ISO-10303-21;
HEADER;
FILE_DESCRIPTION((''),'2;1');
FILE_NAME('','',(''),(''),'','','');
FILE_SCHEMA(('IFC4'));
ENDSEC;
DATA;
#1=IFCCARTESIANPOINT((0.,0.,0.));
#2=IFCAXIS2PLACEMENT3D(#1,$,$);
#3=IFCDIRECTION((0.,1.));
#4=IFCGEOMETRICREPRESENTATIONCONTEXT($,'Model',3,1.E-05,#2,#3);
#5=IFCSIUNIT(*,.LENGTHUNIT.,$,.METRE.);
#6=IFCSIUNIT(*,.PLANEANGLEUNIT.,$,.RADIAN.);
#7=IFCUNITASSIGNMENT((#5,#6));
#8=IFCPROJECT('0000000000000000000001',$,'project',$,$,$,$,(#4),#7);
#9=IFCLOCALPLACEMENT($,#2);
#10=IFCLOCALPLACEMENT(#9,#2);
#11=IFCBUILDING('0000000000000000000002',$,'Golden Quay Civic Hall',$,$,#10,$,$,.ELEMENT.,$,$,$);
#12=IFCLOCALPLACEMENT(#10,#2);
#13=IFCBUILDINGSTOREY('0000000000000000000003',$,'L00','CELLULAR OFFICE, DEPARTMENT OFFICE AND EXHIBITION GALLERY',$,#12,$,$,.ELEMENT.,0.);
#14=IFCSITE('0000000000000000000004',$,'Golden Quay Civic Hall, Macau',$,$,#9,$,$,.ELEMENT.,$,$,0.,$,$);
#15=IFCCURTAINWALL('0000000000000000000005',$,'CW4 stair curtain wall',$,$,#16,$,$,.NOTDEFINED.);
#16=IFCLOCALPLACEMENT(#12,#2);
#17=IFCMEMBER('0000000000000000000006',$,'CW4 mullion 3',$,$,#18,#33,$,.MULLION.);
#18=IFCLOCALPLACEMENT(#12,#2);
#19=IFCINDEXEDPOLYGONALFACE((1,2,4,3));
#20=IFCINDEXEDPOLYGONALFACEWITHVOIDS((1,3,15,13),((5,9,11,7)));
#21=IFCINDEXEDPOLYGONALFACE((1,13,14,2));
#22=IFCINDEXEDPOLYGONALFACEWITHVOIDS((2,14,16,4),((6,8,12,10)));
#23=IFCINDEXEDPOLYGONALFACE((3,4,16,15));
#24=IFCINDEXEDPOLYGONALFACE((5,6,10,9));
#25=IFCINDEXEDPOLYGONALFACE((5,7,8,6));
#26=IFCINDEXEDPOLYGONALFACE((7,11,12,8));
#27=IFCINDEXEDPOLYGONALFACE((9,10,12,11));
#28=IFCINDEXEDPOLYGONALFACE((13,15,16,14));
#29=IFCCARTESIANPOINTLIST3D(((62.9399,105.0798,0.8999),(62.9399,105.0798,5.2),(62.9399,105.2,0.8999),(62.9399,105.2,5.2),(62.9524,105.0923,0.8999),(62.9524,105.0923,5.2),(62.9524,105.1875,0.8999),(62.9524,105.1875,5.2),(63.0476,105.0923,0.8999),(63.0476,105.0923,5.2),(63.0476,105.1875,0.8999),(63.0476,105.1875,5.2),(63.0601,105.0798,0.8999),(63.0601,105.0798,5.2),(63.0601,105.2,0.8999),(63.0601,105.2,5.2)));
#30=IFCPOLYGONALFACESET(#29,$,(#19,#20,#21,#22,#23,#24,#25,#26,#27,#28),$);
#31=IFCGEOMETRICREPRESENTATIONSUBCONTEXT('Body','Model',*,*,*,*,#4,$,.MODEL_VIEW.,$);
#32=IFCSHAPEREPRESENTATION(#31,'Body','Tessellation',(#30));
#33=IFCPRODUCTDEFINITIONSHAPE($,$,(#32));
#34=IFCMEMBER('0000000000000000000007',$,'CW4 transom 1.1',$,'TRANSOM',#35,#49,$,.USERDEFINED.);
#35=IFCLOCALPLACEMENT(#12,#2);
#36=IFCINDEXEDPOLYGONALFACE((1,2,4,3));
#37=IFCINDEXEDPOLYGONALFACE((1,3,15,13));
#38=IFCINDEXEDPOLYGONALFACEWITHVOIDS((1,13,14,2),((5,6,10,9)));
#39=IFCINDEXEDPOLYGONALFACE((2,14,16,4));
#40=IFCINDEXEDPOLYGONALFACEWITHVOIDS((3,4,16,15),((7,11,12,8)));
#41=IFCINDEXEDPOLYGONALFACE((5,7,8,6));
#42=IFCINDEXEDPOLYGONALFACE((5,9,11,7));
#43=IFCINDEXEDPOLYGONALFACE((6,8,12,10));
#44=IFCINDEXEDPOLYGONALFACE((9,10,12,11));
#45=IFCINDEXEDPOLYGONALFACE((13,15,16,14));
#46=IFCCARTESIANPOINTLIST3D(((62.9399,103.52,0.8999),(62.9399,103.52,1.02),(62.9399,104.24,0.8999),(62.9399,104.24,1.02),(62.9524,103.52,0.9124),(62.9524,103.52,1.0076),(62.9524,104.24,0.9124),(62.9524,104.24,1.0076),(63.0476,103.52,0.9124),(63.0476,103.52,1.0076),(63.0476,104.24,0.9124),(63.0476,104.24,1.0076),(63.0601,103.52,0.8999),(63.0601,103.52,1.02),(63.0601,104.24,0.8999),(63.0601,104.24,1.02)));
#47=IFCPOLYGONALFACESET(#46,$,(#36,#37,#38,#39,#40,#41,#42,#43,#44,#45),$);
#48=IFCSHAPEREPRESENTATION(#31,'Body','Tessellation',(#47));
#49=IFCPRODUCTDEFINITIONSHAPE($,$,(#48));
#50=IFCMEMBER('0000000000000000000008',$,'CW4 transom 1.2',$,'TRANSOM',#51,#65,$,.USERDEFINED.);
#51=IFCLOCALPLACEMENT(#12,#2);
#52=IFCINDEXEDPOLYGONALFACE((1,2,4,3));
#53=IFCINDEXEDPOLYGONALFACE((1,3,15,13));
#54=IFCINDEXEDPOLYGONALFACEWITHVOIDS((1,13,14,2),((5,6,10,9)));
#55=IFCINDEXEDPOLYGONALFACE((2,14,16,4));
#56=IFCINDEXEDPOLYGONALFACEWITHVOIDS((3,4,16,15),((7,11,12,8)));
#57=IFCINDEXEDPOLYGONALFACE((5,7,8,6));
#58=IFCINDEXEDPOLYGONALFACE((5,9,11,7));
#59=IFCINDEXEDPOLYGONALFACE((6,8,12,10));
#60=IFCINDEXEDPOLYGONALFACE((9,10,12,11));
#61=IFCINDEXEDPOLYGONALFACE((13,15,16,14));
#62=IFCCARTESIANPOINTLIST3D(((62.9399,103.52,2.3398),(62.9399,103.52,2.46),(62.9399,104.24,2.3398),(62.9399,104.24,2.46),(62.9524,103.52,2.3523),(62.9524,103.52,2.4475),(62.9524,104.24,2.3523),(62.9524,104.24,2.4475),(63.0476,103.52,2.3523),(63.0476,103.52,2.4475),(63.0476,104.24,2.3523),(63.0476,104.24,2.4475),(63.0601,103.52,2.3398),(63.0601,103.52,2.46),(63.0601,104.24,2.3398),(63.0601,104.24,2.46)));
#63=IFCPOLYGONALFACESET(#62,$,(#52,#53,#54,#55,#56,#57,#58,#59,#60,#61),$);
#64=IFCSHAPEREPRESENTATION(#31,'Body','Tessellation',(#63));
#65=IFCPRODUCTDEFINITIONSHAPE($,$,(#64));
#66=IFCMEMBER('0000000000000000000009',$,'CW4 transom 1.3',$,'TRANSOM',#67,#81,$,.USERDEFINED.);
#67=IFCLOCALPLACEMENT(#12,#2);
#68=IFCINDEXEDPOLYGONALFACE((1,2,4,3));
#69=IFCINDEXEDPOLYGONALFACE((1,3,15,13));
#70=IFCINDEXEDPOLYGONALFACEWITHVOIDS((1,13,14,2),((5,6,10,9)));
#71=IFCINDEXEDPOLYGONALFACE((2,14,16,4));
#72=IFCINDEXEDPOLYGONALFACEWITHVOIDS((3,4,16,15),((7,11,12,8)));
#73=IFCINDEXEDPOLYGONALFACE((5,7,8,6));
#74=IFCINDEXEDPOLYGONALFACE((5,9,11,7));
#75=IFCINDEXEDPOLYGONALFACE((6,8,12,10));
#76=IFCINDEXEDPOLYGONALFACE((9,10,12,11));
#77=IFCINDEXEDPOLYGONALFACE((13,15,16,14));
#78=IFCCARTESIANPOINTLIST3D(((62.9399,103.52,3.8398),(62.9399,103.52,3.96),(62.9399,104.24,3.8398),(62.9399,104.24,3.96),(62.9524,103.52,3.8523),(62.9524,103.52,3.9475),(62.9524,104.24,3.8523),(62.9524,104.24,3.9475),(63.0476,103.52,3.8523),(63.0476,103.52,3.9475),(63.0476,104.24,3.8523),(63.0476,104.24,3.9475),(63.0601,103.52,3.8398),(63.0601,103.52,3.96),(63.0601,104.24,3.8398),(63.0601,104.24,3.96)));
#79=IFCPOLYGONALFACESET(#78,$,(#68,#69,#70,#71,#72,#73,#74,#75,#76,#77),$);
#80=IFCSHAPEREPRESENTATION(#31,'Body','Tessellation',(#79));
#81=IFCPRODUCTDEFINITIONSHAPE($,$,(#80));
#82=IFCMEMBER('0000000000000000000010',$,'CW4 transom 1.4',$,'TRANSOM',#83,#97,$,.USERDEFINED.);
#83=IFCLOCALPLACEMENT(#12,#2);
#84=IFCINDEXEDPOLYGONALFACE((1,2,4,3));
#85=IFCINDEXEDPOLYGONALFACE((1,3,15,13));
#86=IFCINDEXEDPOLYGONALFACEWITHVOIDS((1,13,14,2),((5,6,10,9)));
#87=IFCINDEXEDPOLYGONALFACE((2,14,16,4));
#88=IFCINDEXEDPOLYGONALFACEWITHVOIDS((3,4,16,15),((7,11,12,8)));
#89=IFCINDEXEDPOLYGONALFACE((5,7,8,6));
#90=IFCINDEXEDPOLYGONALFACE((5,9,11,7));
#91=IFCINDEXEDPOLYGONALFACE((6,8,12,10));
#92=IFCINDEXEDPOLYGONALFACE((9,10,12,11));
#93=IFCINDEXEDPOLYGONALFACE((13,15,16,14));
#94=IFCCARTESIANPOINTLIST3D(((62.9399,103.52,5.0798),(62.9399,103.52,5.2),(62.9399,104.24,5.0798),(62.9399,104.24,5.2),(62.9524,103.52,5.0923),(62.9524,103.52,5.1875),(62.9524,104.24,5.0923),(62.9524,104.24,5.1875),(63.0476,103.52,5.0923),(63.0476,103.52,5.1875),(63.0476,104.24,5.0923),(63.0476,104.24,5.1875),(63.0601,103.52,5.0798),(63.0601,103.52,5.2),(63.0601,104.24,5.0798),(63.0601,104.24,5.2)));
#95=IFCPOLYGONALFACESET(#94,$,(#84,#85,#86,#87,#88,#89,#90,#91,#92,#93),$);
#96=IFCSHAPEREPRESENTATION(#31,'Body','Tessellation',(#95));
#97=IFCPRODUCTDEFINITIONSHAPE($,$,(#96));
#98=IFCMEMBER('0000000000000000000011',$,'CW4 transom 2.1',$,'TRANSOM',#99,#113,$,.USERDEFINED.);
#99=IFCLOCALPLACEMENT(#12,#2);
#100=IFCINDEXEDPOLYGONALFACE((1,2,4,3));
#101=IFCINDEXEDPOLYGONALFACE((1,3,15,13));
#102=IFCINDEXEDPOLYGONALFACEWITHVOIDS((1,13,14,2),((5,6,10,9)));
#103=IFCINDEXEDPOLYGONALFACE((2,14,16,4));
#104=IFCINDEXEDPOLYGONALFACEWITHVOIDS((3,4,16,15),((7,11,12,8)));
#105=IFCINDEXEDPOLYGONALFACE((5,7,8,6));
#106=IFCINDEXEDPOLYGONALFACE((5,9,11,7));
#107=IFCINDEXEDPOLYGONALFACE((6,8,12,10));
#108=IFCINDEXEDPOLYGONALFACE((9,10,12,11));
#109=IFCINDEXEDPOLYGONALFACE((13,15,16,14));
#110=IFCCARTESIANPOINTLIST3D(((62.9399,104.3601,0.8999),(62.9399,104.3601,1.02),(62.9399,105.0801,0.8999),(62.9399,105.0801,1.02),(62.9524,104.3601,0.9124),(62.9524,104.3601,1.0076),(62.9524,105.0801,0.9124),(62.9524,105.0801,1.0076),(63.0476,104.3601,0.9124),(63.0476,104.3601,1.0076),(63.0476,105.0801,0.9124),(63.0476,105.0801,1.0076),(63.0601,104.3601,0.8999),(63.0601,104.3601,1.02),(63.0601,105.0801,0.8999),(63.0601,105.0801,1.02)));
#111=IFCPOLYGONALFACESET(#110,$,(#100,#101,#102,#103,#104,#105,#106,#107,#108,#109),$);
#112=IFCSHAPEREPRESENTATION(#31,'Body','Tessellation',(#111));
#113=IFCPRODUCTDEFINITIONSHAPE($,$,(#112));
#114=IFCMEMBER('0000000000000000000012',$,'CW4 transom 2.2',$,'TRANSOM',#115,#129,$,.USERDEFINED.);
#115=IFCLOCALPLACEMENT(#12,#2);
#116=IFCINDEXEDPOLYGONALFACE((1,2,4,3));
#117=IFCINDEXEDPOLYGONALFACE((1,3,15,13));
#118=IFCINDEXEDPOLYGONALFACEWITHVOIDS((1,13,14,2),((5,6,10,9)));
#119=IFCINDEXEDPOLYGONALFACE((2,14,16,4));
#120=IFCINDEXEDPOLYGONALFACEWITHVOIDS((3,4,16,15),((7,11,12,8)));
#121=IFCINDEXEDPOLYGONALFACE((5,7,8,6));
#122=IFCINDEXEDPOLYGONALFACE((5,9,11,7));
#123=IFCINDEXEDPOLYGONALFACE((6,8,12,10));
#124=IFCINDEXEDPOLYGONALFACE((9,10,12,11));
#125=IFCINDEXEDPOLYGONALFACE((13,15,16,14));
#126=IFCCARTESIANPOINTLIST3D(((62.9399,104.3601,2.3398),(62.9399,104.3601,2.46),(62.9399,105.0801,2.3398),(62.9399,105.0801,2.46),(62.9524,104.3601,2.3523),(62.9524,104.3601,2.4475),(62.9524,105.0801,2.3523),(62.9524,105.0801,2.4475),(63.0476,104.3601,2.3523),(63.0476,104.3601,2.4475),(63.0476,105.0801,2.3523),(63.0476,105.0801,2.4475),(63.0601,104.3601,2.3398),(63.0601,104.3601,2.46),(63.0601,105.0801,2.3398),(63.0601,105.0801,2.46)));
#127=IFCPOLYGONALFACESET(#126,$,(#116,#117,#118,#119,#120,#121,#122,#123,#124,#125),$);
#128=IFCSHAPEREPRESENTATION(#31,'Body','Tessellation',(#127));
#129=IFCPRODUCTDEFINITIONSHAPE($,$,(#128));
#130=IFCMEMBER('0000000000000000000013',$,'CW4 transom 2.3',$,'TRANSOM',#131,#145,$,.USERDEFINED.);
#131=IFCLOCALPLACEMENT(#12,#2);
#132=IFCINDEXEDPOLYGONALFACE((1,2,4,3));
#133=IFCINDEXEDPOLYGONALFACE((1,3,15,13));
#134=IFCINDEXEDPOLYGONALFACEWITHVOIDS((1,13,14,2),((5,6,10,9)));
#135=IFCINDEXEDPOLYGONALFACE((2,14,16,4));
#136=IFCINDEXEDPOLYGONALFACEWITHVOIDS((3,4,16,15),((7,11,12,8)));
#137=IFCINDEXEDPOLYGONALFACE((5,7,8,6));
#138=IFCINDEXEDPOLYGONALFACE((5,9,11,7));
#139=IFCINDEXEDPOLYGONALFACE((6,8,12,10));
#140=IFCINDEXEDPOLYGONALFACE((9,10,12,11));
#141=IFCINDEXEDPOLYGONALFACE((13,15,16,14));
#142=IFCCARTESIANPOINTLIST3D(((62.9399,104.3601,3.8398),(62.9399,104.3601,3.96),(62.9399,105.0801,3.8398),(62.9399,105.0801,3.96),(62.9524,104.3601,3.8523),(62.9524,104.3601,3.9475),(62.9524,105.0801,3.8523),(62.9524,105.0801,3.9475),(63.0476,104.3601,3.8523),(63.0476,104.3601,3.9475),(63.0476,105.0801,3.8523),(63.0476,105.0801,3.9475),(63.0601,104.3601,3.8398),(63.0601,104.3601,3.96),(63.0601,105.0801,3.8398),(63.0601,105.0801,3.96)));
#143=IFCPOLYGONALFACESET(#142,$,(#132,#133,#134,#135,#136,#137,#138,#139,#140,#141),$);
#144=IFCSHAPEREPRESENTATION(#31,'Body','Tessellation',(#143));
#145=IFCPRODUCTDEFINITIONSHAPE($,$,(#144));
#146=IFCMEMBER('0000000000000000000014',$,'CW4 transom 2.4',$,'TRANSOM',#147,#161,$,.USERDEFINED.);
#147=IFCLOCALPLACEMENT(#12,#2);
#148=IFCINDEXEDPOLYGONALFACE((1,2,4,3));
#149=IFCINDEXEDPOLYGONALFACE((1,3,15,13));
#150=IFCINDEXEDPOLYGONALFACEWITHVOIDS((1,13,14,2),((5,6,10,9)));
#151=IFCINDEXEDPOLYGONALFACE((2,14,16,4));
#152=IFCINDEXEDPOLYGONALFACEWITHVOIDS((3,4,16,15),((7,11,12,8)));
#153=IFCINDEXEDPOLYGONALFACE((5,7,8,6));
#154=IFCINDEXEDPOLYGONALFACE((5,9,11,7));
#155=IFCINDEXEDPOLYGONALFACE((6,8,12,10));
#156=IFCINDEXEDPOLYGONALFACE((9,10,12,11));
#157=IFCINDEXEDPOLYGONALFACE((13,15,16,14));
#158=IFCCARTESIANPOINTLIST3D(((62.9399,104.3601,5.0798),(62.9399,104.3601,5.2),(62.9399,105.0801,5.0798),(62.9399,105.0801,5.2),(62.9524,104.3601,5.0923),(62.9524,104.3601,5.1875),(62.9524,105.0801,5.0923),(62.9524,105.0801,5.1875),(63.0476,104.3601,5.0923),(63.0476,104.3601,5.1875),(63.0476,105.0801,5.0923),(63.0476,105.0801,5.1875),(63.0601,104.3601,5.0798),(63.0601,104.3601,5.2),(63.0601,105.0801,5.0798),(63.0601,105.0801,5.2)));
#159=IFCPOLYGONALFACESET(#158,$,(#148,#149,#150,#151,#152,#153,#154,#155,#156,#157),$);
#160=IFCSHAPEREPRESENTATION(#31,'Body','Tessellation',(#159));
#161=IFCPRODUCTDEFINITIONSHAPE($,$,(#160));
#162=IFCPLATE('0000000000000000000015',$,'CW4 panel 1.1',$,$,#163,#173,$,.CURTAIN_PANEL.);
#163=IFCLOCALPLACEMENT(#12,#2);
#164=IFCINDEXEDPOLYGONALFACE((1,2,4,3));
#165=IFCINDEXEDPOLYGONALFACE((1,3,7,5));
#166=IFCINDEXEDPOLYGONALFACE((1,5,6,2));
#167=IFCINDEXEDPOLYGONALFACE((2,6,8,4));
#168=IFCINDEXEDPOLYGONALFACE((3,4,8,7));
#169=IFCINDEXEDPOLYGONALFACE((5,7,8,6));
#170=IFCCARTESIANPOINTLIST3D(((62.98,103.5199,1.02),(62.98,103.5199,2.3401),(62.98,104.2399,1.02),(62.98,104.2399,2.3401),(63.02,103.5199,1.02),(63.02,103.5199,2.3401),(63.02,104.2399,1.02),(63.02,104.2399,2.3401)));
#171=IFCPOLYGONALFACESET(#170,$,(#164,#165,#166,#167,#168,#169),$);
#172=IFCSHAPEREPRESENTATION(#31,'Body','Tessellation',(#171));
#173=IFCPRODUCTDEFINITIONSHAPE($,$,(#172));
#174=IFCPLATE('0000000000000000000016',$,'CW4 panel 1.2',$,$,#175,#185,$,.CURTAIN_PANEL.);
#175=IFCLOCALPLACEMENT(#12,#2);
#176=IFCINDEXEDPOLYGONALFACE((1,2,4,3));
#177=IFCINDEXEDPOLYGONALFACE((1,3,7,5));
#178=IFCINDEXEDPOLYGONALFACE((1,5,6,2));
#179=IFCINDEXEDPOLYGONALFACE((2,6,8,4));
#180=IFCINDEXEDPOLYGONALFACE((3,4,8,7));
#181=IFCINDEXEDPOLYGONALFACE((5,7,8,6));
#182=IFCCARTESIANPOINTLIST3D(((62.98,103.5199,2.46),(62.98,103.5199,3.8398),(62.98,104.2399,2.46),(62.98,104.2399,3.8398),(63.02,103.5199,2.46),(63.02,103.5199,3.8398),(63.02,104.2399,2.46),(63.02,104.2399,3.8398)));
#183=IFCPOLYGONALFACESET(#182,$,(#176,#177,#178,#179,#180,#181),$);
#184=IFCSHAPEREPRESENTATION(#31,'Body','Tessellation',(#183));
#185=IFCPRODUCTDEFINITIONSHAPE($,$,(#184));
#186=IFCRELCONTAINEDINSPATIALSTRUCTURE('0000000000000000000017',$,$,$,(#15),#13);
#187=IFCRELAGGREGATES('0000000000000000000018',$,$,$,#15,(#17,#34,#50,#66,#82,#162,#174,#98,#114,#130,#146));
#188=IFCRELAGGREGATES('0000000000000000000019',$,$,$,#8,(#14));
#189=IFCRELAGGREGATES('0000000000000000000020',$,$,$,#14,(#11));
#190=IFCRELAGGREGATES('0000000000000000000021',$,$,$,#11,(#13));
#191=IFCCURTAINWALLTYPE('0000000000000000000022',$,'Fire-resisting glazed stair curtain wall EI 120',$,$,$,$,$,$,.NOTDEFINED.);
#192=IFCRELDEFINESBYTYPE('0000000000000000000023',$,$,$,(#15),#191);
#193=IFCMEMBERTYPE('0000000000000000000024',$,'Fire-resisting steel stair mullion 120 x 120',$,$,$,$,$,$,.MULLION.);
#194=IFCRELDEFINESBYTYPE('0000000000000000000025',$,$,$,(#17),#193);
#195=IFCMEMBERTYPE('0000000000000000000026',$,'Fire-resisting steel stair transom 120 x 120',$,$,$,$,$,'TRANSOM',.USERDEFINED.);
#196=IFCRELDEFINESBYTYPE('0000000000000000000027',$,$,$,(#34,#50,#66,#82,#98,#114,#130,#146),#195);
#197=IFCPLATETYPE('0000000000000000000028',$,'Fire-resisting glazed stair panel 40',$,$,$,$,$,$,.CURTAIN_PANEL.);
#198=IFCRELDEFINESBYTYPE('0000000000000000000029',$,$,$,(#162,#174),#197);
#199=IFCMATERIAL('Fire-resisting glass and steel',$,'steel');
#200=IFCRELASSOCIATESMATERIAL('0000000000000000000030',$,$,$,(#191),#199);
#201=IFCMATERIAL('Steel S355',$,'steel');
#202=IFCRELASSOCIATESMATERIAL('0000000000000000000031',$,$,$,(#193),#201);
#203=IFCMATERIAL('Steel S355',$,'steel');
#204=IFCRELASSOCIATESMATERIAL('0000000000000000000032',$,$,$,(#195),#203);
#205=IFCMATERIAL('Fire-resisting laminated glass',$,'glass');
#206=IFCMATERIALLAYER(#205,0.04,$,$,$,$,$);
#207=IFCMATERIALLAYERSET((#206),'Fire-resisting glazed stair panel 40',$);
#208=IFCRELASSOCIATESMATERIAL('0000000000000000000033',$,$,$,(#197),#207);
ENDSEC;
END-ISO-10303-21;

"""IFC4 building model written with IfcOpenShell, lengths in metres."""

from ifc_helpers import new_model, si_unit, direction, frame, origin, origin_2d, place, context, subcontext, project, spatial, rectangle, hollow_rectangle, extrude, material, layer, layer_set, material_profile, profile_set, type_object, element, aggregate, save


model = new_model("IFC4")

# Units and contexts
model_context = context("Model", 3, precision=1e-05, world=origin(), true_north=direction((0.0, 1.0)))
body_context = subcontext(model_context, "Body", "Model", "MODEL_VIEW")
ifc_project = project(units=[si_unit("LENGTHUNIT", "METRE"), si_unit("PLANEANGLEUNIT", "RADIAN")], contexts=[model_context])

# Site, building, storey
site_placement = place(None, origin())
site = spatial("IfcSite", under=ifc_project, at=site_placement, Name="Golden Quay Civic Hall, Macau", CompositionType="ELEMENT", RefElevation=0.0)
building_placement = place(site_placement, origin())
building = spatial("IfcBuilding", under=site, at=building_placement, Name="Golden Quay Civic Hall", CompositionType="ELEMENT")
storey_placement = place(building_placement, origin())
storey = spatial("IfcBuildingStorey", under=building, at=storey_placement, Name="L00", Description="CELLULAR OFFICE, DEPARTMENT OFFICE AND EXHIBITION GALLERY", CompositionType="ELEMENT", Elevation=0.0)

# Curtain wall, members, plates
ifc_material_1 = material(Name="Fire-resisting glass and steel", Category="steel")
curtain_wall_type = type_object("IfcCurtainWallType", Name="Fire-resisting glazed stair curtain wall EI 120", PredefinedType="NOTDEFINED", material=ifc_material_1)
curtain_wall_placement = place(storey_placement, origin())
curtain_wall = element("IfcCurtainWall", 1, at=curtain_wall_placement, inside=storey, type_object=curtain_wall_type, Name="CW4 stair curtain wall", PredefinedType="NOTDEFINED")
ifc_material_2 = material(Name="Steel S355", Category="steel")
ifc_material_profile_1 = material_profile(ifc_material_2, hollow_rectangle(XDim=0.1201, YDim=0.1201, WallThickness=0.0125, at=origin_2d()), Name="SHS 120x120x12.5")
ifc_profile_set_1 = profile_set([ifc_material_profile_1], Name="Steel S355")
member_type_1 = type_object("IfcMemberType", Name="Fire-resisting steel stair mullion 120 x 120", PredefinedType="MULLION", material=ifc_profile_set_1)
member_1_placement = place(storey_placement, frame((63.0, 105.1399, 0.8999), z_axis=(0.0, 0.0, 1.0), x_axis=(-1.0, 0.0, 0.0)))
member_1 = element("IfcMember", 2, at=member_1_placement, type_object=member_type_1, Name="CW4 mullion 3", PredefinedType="MULLION", context=body_context, shape_type="SweptSolid", body=[
    extrude(hollow_rectangle(XDim=0.1201, YDim=0.1201, WallThickness=0.0125, at=origin_2d()), origin(), (0.0, 0.0, 1.0), 4.3),
])
ifc_material_3 = material(Name="Steel S355", Category="steel")
ifc_material_profile_2 = material_profile(ifc_material_3, hollow_rectangle(XDim=0.1201, YDim=0.1201, WallThickness=0.0125, at=origin_2d()), Name="SHS 120x120x12.5")
ifc_profile_set_2 = profile_set([ifc_material_profile_2], Name="Steel S355")
member_type_2 = type_object("IfcMemberType", Name="Fire-resisting steel stair transom 120 x 120", ElementType="TRANSOM", PredefinedType="USERDEFINED", material=ifc_profile_set_2)
member_2_placement = place(storey_placement, frame((63.0, 103.52, 0.96), z_axis=(0.0, 1.0, 0.0), x_axis=(-1.0, 0.0, 0.0)))
member_2 = element("IfcMember", 3, at=member_2_placement, type_object=member_type_2, Name="CW4 transom 1.1", ObjectType="TRANSOM", PredefinedType="USERDEFINED", context=body_context, shape_type="SweptSolid", body=[
    extrude(hollow_rectangle(XDim=0.1201, YDim=0.1201, WallThickness=0.0125, at=origin_2d()), origin(), (0.0, 0.0, 1.0), 0.72),
])
member_3_placement = place(storey_placement, frame((63.0, 103.52, 2.3999), z_axis=(0.0, 1.0, 0.0), x_axis=(-1.0, 0.0, 0.0)))
member_3 = element("IfcMember", 4, at=member_3_placement, type_object=member_type_2, Name="CW4 transom 1.2", ObjectType="TRANSOM", PredefinedType="USERDEFINED", context=body_context, shape_type="SweptSolid", body=[
    extrude(hollow_rectangle(XDim=0.1201, YDim=0.1201, WallThickness=0.0125, at=origin_2d()), origin(), (0.0, 0.0, 1.0), 0.72),
])
member_4_placement = place(storey_placement, frame((63.0, 103.52, 3.8999), z_axis=(0.0, 1.0, 0.0), x_axis=(-1.0, 0.0, 0.0)))
member_4 = element("IfcMember", 5, at=member_4_placement, type_object=member_type_2, Name="CW4 transom 1.3", ObjectType="TRANSOM", PredefinedType="USERDEFINED", context=body_context, shape_type="SweptSolid", body=[
    extrude(hollow_rectangle(XDim=0.1201, YDim=0.1201, WallThickness=0.0125, at=origin_2d()), origin(), (0.0, 0.0, 1.0), 0.72),
])
member_5_placement = place(storey_placement, frame((63.0, 103.52, 5.1399), z_axis=(0.0, 1.0, 0.0), x_axis=(-1.0, 0.0, 0.0)))
member_5 = element("IfcMember", 6, at=member_5_placement, type_object=member_type_2, Name="CW4 transom 1.4", ObjectType="TRANSOM", PredefinedType="USERDEFINED", context=body_context, shape_type="SweptSolid", body=[
    extrude(hollow_rectangle(XDim=0.1201, YDim=0.1201, WallThickness=0.0125, at=origin_2d()), origin(), (0.0, 0.0, 1.0), 0.72),
])
member_6_placement = place(storey_placement, frame((63.0, 104.3601, 0.96), z_axis=(0.0, 1.0, 0.0), x_axis=(-1.0, 0.0, 0.0)))
member_6 = element("IfcMember", 7, at=member_6_placement, type_object=member_type_2, Name="CW4 transom 2.1", ObjectType="TRANSOM", PredefinedType="USERDEFINED", context=body_context, shape_type="SweptSolid", body=[
    extrude(hollow_rectangle(XDim=0.1201, YDim=0.1201, WallThickness=0.0125, at=origin_2d()), origin(), (0.0, 0.0, 1.0), 0.72),
])
member_7_placement = place(storey_placement, frame((63.0, 104.3601, 2.3999), z_axis=(0.0, 1.0, 0.0), x_axis=(-1.0, 0.0, 0.0)))
member_7 = element("IfcMember", 8, at=member_7_placement, type_object=member_type_2, Name="CW4 transom 2.2", ObjectType="TRANSOM", PredefinedType="USERDEFINED", context=body_context, shape_type="SweptSolid", body=[
    extrude(hollow_rectangle(XDim=0.1201, YDim=0.1201, WallThickness=0.0125, at=origin_2d()), origin(), (0.0, 0.0, 1.0), 0.72),
])
member_8_placement = place(storey_placement, frame((63.0, 104.3601, 3.8999), z_axis=(0.0, 1.0, 0.0), x_axis=(-1.0, 0.0, 0.0)))
member_8 = element("IfcMember", 9, at=member_8_placement, type_object=member_type_2, Name="CW4 transom 2.3", ObjectType="TRANSOM", PredefinedType="USERDEFINED", context=body_context, shape_type="SweptSolid", body=[
    extrude(hollow_rectangle(XDim=0.1201, YDim=0.1201, WallThickness=0.0125, at=origin_2d()), origin(), (0.0, 0.0, 1.0), 0.72),
])
member_9_placement = place(storey_placement, frame((63.0, 104.3601, 5.1399), z_axis=(0.0, 1.0, 0.0), x_axis=(-1.0, 0.0, 0.0)))
member_9 = element("IfcMember", 10, at=member_9_placement, type_object=member_type_2, Name="CW4 transom 2.4", ObjectType="TRANSOM", PredefinedType="USERDEFINED", context=body_context, shape_type="SweptSolid", body=[
    extrude(hollow_rectangle(XDim=0.1201, YDim=0.1201, WallThickness=0.0125, at=origin_2d()), origin(), (0.0, 0.0, 1.0), 0.72),
])
ifc_material_4 = material(Name="Fire-resisting laminated glass", Category="glass")
ifc_layer_1 = layer(ifc_material_4, 0.04)
ifc_layer_set_1 = layer_set([ifc_layer_1], Name="Fire-resisting glazed stair panel 40")
plate_type = type_object("IfcPlateType", Name="Fire-resisting glazed stair panel 40", PredefinedType="CURTAIN_PANEL", material=ifc_layer_set_1)
plate_1_placement = place(storey_placement, frame((63.0, 103.8799, 1.02), z_axis=(0.0, 0.0, 1.0), x_axis=(0.0, 1.0, 0.0)))
plate_1 = element("IfcPlate", 11, at=plate_1_placement, type_object=plate_type, Name="CW4 panel 1.1", PredefinedType="CURTAIN_PANEL", context=body_context, shape_type="SweptSolid", body=[
    extrude(rectangle(XDim=0.72, YDim=0.04, at=origin_2d()), origin(), (0.0, 0.0, 1.0), 1.3201),
])
plate_2_placement = place(storey_placement, frame((63.0, 103.8799, 2.46), z_axis=(0.0, 0.0, 1.0), x_axis=(0.0, 1.0, 0.0)))
plate_2 = element("IfcPlate", 12, at=plate_2_placement, type_object=plate_type, Name="CW4 panel 1.2", PredefinedType="CURTAIN_PANEL", context=body_context, shape_type="SweptSolid", body=[
    extrude(rectangle(XDim=0.72, YDim=0.04, at=origin_2d()), origin(), (0.0, 0.0, 1.0), 1.3799),
])
aggregate(curtain_wall, [member_1, member_2, member_3, member_4, member_5, plate_1, plate_2, member_6, member_7, member_8, member_9])

save(model, "model.ifc")
